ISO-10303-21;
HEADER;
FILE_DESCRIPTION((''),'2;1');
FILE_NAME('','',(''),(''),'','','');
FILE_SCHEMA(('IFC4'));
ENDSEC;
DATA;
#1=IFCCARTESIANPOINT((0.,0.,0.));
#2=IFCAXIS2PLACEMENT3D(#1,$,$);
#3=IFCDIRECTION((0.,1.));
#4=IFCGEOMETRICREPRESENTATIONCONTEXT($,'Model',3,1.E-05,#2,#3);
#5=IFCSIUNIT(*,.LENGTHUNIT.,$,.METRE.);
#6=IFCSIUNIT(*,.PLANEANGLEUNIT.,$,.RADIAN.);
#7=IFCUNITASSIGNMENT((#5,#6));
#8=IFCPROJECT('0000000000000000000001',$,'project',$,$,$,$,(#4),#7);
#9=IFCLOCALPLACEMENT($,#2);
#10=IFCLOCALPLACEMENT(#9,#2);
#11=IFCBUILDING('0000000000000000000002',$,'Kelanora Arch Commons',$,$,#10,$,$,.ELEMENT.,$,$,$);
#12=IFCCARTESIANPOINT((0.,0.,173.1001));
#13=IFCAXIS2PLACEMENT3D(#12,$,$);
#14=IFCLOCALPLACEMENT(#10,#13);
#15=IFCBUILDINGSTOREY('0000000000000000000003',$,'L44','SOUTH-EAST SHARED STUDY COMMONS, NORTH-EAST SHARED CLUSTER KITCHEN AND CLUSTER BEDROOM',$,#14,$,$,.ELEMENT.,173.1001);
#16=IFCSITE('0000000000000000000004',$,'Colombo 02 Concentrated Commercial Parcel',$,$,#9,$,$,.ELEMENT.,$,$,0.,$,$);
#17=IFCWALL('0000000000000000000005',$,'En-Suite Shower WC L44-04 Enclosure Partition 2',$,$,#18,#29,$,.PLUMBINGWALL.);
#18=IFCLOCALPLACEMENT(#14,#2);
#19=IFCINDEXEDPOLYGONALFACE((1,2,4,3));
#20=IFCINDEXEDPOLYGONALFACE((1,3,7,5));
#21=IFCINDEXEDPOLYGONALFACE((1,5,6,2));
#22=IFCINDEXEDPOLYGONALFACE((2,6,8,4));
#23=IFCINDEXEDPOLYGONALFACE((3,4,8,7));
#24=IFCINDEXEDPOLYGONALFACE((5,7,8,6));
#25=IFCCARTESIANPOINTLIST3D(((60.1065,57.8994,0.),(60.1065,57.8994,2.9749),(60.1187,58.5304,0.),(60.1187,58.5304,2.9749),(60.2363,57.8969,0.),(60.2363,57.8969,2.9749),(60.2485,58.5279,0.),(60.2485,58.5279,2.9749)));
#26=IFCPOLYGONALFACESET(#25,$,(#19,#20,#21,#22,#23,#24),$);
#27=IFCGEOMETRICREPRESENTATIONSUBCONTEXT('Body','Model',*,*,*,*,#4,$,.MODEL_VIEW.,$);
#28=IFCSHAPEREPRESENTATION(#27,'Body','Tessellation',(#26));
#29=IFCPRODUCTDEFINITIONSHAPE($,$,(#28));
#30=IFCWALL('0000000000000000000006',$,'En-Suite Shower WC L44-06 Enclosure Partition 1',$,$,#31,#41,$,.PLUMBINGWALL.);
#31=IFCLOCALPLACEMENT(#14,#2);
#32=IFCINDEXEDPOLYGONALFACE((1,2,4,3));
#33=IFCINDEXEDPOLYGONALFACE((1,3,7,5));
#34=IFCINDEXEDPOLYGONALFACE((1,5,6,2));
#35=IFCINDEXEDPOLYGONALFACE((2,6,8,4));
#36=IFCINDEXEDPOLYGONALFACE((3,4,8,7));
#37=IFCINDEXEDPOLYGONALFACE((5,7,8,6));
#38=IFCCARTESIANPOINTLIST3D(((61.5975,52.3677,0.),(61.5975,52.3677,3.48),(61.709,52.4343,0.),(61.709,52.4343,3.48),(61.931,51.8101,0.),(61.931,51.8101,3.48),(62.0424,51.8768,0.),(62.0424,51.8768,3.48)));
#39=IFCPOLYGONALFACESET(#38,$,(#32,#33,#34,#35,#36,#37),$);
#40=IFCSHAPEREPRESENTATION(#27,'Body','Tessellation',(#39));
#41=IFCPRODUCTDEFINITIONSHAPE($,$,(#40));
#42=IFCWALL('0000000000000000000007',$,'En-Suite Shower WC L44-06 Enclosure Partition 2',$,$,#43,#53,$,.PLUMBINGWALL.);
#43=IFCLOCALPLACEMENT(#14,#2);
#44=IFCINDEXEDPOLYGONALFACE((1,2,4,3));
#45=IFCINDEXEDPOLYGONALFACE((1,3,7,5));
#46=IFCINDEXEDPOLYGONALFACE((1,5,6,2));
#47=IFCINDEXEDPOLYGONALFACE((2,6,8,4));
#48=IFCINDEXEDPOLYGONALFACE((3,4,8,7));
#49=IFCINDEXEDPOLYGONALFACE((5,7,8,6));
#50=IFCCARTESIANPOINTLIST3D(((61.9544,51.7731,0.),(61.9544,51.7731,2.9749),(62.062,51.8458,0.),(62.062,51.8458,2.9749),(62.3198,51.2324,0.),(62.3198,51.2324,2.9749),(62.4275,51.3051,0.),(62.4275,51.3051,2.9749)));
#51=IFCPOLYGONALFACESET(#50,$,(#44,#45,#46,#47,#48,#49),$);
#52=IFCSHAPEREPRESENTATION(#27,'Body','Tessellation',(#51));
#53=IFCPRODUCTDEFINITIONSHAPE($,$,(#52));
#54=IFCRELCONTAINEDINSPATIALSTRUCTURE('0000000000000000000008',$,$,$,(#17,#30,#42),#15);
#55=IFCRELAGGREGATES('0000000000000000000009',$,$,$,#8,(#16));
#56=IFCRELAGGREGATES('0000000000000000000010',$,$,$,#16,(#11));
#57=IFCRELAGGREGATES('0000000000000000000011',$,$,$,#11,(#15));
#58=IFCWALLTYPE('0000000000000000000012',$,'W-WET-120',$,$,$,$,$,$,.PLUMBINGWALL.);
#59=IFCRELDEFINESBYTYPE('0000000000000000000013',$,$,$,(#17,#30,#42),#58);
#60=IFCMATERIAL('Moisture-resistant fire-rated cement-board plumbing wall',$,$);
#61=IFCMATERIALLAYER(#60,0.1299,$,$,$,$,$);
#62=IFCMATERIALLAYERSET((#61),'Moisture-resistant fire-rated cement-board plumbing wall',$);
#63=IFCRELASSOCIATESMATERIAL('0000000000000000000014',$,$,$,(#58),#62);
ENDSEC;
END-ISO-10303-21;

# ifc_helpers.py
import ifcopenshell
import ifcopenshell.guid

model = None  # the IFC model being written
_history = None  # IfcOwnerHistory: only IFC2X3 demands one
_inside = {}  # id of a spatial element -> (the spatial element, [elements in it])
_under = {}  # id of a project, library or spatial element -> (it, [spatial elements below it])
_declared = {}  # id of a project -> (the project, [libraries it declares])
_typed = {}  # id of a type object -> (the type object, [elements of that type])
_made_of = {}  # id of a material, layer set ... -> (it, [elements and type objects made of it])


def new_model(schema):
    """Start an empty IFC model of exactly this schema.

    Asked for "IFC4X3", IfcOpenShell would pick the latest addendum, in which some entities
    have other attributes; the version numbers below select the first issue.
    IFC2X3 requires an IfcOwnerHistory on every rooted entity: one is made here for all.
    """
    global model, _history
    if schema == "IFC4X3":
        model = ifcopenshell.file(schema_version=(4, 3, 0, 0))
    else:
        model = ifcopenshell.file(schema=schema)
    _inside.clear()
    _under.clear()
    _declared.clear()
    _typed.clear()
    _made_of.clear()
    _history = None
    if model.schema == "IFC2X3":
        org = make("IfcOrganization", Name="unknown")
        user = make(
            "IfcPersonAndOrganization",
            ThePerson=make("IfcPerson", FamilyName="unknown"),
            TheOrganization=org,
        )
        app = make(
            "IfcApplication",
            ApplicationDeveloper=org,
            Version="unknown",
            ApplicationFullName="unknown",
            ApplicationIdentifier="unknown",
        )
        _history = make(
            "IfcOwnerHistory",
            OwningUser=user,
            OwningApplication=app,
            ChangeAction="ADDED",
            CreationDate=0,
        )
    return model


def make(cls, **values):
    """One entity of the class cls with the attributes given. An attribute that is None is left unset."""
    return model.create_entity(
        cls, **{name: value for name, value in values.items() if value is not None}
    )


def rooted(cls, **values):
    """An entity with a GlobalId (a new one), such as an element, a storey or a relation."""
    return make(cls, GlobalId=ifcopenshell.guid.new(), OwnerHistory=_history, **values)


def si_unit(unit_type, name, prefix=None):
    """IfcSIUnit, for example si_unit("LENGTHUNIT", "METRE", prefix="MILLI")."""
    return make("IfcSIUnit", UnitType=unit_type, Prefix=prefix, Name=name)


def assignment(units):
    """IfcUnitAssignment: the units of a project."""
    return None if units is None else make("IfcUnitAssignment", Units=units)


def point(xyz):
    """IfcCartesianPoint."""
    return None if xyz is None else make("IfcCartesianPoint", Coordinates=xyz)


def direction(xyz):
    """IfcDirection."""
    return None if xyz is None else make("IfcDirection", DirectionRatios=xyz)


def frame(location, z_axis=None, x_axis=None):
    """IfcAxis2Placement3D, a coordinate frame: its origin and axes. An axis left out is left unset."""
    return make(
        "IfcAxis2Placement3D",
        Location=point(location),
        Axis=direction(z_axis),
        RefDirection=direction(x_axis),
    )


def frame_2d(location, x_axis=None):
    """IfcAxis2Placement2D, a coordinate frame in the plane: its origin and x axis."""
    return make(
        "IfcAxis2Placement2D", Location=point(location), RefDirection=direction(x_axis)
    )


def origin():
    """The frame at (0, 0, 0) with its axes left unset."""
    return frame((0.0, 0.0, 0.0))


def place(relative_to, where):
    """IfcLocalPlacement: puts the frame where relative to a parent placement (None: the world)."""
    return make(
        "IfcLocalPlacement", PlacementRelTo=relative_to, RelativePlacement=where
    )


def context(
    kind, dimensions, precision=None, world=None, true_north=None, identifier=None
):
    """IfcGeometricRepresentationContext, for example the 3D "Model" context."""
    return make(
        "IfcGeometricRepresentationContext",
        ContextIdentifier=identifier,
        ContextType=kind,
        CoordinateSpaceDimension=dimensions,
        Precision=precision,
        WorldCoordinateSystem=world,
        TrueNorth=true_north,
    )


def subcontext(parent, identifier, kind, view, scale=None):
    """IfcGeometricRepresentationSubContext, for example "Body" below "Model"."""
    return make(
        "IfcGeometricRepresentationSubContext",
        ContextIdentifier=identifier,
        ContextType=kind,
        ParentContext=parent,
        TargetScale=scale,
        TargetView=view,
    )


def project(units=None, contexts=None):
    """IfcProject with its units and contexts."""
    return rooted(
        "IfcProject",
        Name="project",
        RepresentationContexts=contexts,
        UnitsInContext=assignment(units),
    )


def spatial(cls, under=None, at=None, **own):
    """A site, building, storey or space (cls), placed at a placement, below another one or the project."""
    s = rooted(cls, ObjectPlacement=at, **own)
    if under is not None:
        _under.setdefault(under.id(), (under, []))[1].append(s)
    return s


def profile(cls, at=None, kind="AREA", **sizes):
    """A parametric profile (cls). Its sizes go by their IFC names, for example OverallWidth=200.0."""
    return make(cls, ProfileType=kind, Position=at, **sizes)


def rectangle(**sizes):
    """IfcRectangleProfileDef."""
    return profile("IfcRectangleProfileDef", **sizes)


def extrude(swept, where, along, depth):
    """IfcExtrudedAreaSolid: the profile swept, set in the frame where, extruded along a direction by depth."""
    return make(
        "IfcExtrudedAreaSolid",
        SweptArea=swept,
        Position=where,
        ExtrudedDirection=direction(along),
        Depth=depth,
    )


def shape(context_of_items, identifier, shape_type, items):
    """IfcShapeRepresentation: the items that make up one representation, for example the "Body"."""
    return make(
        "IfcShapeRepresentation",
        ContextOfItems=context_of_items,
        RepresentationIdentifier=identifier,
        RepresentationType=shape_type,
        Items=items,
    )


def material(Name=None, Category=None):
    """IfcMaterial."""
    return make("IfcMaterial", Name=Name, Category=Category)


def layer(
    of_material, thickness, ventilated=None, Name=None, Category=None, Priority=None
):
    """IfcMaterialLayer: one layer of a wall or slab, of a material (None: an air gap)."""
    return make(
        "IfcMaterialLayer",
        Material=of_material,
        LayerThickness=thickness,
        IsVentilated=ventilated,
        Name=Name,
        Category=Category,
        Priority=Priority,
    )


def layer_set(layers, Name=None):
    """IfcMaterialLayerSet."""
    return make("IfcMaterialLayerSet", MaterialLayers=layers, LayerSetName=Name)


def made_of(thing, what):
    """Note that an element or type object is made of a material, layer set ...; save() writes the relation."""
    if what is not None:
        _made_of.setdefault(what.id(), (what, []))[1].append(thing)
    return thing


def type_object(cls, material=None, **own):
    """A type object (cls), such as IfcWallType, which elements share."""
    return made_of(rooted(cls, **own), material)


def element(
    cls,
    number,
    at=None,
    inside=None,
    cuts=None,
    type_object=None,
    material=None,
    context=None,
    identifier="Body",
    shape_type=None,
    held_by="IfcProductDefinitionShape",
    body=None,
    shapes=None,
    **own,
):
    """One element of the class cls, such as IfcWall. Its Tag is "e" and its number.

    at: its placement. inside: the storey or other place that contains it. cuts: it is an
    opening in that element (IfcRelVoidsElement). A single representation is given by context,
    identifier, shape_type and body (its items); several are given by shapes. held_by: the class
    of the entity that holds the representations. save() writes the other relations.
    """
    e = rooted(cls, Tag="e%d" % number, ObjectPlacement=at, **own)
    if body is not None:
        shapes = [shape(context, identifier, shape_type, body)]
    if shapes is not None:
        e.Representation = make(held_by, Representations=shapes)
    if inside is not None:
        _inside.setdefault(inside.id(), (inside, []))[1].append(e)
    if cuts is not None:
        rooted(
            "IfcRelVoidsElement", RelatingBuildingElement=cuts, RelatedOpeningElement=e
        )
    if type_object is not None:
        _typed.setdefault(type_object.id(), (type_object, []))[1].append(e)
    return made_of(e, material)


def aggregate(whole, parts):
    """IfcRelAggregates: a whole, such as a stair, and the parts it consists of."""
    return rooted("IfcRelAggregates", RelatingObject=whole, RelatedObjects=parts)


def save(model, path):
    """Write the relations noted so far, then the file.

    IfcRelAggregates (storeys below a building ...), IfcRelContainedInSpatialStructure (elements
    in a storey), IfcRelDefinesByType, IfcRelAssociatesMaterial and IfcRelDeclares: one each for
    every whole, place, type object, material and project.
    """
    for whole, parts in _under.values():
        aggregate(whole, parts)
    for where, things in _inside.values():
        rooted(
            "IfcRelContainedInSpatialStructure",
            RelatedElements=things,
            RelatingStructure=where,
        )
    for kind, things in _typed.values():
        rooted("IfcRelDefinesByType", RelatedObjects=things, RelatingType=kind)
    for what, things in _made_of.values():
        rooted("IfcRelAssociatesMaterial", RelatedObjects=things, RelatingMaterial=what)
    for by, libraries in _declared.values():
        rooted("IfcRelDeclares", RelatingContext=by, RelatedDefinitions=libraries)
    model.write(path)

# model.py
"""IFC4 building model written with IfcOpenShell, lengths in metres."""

from ifc_helpers import new_model, si_unit, direction, frame, frame_2d, origin, place, context, subcontext, project, spatial, rectangle, extrude, material, layer, layer_set, type_object, element, save


model = new_model("IFC4")

# Units and contexts
model_context = context("Model", 3, precision=1e-05, world=origin(), true_north=direction((0.0, 1.0)))
body_context = subcontext(model_context, "Body", "Model", "MODEL_VIEW")
ifc_project = project(units=[si_unit("LENGTHUNIT", "METRE"), si_unit("PLANEANGLEUNIT", "RADIAN")], contexts=[model_context])

# Site, building, storey
site_placement = place(None, origin())
site = spatial("IfcSite", under=ifc_project, at=site_placement, Name="Colombo 02 Concentrated Commercial Parcel", CompositionType="ELEMENT", RefElevation=0.0)
building_placement = place(site_placement, origin())
building = spatial("IfcBuilding", under=site, at=building_placement, Name="Kelanora Arch Commons", CompositionType="ELEMENT")
storey_placement = place(building_placement, frame((0.0, 0.0, 173.1001)))
storey = spatial("IfcBuildingStorey", under=building, at=storey_placement, Name="L44", Description="SOUTH-EAST SHARED STUDY COMMONS, NORTH-EAST SHARED CLUSTER KITCHEN AND CLUSTER BEDROOM", CompositionType="ELEMENT", Elevation=173.1001)

# Shared definitions
ifc_material_1 = material(Name="Moisture-resistant fire-rated cement-board plumbing wall")
ifc_layer_1 = layer(ifc_material_1, 0.1299)
ifc_layer_set_1 = layer_set([ifc_layer_1], Name="Moisture-resistant fire-rated cement-board plumbing wall")
wall_type_1 = type_object("IfcWallType", Name="W-WET-120", PredefinedType="PLUMBINGWALL", material=ifc_layer_set_1)

# Walls
wall_1_placement = place(storey_placement, frame((60.1836, 58.5291, 0.0), z_axis=(0.0, 0.0, 1.0), x_axis=(-0.019339, -0.999813, 0.0)))
element("IfcWall", 1, at=wall_1_placement, inside=storey, type_object=wall_type_1, Name="En-Suite Shower WC L44-04 Enclosure Partition 2", PredefinedType="PLUMBINGWALL", context=body_context, shape_type="SweptSolid", body=[
    extrude(rectangle(XDim=0.6311, YDim=0.1299, at=frame_2d((0.3154, 0.0))), origin(), (0.0, 0.0, 1.0), 2.9749),
])
wall_2_placement = place(storey_placement, frame((61.6533, 52.4009, 0.0), z_axis=(0.0, 0.0, 1.0), x_axis=(0.51328, -0.858221, 0.0)))
element("IfcWall", 2, at=wall_2_placement, inside=storey, type_object=wall_type_1, Name="En-Suite Shower WC L44-06 Enclosure Partition 1", PredefinedType="PLUMBINGWALL", context=body_context, shape_type="SweptSolid", body=[
    extrude(rectangle(XDim=0.6497, YDim=0.1299, at=frame_2d((0.3247, 0.0))), origin(), (0.0, 0.0, 1.0), 3.48),
])
wall_3_placement = place(storey_placement, frame((62.0083, 51.8093, 0.0), z_axis=(0.0, 0.0, 1.0), x_axis=(0.559955, -0.828523, 0.0)))
element("IfcWall", 3, at=wall_3_placement, inside=storey, type_object=wall_type_1, Name="En-Suite Shower WC L44-06 Enclosure Partition 2", PredefinedType="PLUMBINGWALL", context=body_context, shape_type="SweptSolid", body=[
    extrude(rectangle(XDim=0.6526, YDim=0.1299, at=frame_2d((0.3262, 0.0))), origin(), (0.0, 0.0, 1.0), 2.9749),
])

save(model, "model.ifc")
